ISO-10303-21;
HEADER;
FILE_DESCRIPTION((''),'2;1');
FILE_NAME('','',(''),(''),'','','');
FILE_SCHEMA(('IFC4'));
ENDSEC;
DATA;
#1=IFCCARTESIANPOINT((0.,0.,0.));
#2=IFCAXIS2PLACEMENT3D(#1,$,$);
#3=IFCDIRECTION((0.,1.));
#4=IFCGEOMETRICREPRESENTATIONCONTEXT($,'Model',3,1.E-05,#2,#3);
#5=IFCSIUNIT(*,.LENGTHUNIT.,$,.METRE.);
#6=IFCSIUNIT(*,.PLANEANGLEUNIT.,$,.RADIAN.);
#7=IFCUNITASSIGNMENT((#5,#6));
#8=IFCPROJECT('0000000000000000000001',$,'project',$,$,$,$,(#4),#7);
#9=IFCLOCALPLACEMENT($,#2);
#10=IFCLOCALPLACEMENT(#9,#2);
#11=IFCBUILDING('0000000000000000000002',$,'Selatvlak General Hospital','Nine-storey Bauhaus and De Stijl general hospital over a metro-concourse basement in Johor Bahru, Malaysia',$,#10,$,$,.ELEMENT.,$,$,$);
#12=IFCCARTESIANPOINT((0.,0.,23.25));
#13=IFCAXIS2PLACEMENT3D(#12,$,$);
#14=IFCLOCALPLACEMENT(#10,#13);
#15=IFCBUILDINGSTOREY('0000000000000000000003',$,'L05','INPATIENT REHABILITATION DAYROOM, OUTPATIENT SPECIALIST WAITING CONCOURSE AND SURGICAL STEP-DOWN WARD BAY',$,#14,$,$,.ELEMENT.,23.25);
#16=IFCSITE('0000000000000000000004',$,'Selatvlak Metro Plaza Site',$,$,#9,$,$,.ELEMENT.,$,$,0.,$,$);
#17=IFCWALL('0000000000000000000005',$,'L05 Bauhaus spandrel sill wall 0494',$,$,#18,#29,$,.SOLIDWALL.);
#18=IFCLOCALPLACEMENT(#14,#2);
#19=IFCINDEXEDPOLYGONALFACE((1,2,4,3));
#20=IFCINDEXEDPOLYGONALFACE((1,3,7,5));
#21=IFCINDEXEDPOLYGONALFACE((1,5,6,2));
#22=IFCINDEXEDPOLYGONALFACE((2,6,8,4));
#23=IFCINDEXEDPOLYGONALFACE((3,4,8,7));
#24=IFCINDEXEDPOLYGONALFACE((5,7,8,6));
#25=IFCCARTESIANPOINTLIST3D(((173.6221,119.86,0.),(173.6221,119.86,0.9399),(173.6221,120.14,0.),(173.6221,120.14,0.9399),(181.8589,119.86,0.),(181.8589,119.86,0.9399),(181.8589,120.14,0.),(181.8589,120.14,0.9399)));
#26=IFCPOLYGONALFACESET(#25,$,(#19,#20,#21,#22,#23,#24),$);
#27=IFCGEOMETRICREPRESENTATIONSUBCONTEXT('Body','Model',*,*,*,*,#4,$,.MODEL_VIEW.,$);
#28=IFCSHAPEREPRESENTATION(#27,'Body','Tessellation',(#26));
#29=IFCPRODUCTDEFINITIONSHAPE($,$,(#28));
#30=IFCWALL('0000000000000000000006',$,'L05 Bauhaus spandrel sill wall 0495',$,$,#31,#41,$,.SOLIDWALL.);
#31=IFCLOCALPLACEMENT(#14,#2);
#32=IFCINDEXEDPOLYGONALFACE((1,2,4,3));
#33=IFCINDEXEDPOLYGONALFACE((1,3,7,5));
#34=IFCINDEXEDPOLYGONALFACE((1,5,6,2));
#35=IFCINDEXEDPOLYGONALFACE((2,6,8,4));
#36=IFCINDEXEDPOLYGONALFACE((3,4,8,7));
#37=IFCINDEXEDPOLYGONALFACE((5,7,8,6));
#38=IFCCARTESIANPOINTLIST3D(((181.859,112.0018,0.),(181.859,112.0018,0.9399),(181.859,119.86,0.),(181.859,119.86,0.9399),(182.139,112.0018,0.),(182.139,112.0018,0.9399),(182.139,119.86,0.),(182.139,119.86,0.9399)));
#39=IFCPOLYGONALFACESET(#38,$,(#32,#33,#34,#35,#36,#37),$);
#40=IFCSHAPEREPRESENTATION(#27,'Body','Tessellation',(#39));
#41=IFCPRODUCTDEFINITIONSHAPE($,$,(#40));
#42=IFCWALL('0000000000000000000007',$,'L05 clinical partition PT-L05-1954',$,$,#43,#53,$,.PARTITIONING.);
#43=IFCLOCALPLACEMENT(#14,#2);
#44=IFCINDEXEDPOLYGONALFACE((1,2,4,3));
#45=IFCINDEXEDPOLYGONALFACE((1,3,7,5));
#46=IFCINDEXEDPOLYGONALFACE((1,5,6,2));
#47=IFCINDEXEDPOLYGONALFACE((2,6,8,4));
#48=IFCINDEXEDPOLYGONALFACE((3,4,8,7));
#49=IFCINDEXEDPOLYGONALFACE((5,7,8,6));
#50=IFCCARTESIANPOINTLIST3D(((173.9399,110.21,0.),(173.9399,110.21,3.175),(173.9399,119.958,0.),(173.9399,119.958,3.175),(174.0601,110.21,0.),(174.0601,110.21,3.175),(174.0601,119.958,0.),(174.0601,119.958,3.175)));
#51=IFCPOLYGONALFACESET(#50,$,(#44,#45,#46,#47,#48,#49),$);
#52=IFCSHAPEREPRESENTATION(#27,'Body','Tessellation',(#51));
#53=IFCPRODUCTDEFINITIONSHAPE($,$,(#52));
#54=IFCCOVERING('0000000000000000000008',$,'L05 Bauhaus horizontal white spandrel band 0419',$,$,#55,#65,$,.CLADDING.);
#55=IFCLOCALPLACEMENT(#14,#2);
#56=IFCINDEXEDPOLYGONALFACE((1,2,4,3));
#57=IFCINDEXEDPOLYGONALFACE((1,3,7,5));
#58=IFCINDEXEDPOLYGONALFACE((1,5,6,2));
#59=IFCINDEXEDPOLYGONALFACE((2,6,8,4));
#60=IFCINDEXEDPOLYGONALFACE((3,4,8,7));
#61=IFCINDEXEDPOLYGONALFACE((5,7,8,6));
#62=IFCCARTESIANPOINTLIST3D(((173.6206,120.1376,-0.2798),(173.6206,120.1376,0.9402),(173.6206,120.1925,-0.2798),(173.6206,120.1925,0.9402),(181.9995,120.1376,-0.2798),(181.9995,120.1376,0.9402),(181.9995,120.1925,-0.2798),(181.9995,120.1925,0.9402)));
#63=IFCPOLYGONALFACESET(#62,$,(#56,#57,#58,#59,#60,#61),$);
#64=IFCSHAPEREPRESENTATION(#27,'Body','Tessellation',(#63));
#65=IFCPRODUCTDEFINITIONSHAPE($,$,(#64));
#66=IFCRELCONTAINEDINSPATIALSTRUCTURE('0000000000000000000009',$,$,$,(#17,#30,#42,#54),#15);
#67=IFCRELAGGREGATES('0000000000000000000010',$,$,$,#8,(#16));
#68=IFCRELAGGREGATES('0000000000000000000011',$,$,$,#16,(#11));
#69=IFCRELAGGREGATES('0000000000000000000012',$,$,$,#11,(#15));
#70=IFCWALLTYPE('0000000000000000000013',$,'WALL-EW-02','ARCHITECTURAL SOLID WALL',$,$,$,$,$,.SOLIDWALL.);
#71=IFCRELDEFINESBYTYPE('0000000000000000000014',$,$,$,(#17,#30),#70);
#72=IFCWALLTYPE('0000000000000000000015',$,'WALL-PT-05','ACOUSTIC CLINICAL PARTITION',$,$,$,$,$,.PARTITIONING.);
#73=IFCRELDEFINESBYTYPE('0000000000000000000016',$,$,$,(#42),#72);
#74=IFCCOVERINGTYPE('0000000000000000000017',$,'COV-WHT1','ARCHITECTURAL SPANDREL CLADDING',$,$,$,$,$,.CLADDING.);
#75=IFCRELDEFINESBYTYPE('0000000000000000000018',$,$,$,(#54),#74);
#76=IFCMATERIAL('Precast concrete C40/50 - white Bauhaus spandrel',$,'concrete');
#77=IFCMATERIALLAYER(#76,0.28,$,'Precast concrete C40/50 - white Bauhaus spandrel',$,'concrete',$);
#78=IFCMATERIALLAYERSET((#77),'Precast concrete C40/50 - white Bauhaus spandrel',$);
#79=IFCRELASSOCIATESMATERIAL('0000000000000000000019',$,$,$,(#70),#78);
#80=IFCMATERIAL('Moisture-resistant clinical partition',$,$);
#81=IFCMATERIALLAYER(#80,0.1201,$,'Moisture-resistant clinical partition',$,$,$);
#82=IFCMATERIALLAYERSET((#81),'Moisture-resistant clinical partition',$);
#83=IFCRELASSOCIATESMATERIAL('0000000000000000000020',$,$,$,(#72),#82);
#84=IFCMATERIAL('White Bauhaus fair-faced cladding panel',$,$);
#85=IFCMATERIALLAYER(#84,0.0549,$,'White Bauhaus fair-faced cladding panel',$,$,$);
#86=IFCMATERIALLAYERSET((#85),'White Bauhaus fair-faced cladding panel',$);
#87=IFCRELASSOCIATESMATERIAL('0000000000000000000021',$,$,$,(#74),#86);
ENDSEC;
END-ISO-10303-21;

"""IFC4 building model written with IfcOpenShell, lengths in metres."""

from ifc_helpers import new_model, si_unit, direction, frame, frame_2d, origin, origin_2d, place, context, subcontext, project, spatial, rectangle, extrude, material, layer, layer_set, type_object, element, save


model = new_model("IFC4")

# Units and contexts
model_context = context("Model", 3, precision=1e-05, world=origin(), true_north=direction((0.0, 1.0)))
body_context = subcontext(model_context, "Body", "Model", "MODEL_VIEW")
ifc_project = project(units=[si_unit("LENGTHUNIT", "METRE"), si_unit("PLANEANGLEUNIT", "RADIAN")], contexts=[model_context])

# Site, building, storey
site_placement = place(None, origin())
site = spatial("IfcSite", under=ifc_project, at=site_placement, Name="Selatvlak Metro Plaza Site", CompositionType="ELEMENT", RefElevation=0.0)
building_placement = place(site_placement, origin())
building = spatial("IfcBuilding", under=site, at=building_placement, Name="Selatvlak General Hospital", Description="Nine-storey Bauhaus and De Stijl general hospital over a metro-concourse basement in Johor Bahru, Malaysia", CompositionType="ELEMENT")
storey_placement = place(building_placement, frame((0.0, 0.0, 23.25)))
storey = spatial("IfcBuildingStorey", under=building, at=storey_placement, Name="L05", Description="INPATIENT REHABILITATION DAYROOM, OUTPATIENT SPECIALIST WAITING CONCOURSE AND SURGICAL STEP-DOWN WARD BAY", CompositionType="ELEMENT", Elevation=23.25)

# Walls
ifc_material_1 = material(Name="Precast concrete C40/50 - white Bauhaus spandrel", Category="concrete")
ifc_layer_1 = layer(ifc_material_1, 0.28, Name="Precast concrete C40/50 - white Bauhaus spandrel", Category="concrete")
ifc_layer_set_1 = layer_set([ifc_layer_1], Name="Precast concrete C40/50 - white Bauhaus spandrel")
wall_type_1 = type_object("IfcWallType", Name="WALL-EW-02", Description="ARCHITECTURAL SOLID WALL", PredefinedType="SOLIDWALL", material=ifc_layer_set_1)
wall_1_placement = place(storey_placement, frame((173.6221, 120.0, 0.0), z_axis=(0.0, 0.0, 1.0), x_axis=(1.0, 0.0, 0.0)))
element("IfcWall", 1, at=wall_1_placement, inside=storey, type_object=wall_type_1, Name="L05 Bauhaus spandrel sill wall 0494", PredefinedType="SOLIDWALL", context=body_context, shape_type="SweptSolid", body=[
    extrude(rectangle(XDim=8.2368, YDim=0.28, at=frame_2d((4.1184, 0.0))), origin(), (0.0, 0.0, 1.0), 0.9399),
])
wall_2_placement = place(storey_placement, frame((181.999, 119.8601, 0.0), z_axis=(0.0, 0.0, 1.0), x_axis=(0.0, -1.0, 0.0)))
element("IfcWall", 2, at=wall_2_placement, inside=storey, type_object=wall_type_1, Name="L05 Bauhaus spandrel sill wall 0495", PredefinedType="SOLIDWALL", context=body_context, shape_type="SweptSolid", body=[
    extrude(rectangle(XDim=7.8582, YDim=0.28, at=frame_2d((3.9292, 0.0))), origin(), (0.0, 0.0, 1.0), 0.9399),
])
ifc_material_2 = material(Name="Moisture-resistant clinical partition")
ifc_layer_2 = layer(ifc_material_2, 0.1201, Name="Moisture-resistant clinical partition")
ifc_layer_set_2 = layer_set([ifc_layer_2], Name="Moisture-resistant clinical partition")
wall_type_2 = type_object("IfcWallType", Name="WALL-PT-05", Description="ACOUSTIC CLINICAL PARTITION", PredefinedType="PARTITIONING", material=ifc_layer_set_2)
wall_3_placement = place(storey_placement, frame((174.0, 119.958, 0.0), z_axis=(0.0, 0.0, 1.0), x_axis=(0.0, -1.0, 0.0)))
element("IfcWall", 3, at=wall_3_placement, inside=storey, type_object=wall_type_2, Name="L05 clinical partition PT-L05-1954", PredefinedType="PARTITIONING", context=body_context, shape_type="SweptSolid", body=[
    extrude(rectangle(XDim=9.748, YDim=0.1201, at=frame_2d((4.874, 0.0))), origin(), (0.0, 0.0, 1.0), 3.175),
])

# Covering
ifc_material_3 = material(Name="White Bauhaus fair-faced cladding panel")
ifc_layer_3 = layer(ifc_material_3, 0.0549, Name="White Bauhaus fair-faced cladding panel")
ifc_layer_set_3 = layer_set([ifc_layer_3], Name="White Bauhaus fair-faced cladding panel")
covering_type = type_object("IfcCoveringType", Name="COV-WHT1", Description="ARCHITECTURAL SPANDREL CLADDING", PredefinedType="CLADDING", material=ifc_layer_set_3)
covering_placement = place(storey_placement, frame((177.8101, 120.165, -0.2798), z_axis=(0.0, 0.0, 1.0), x_axis=(1.0, 0.0, 0.0)))
element("IfcCovering", 4, at=covering_placement, inside=storey, type_object=covering_type, Name="L05 Bauhaus horizontal white spandrel band 0419", PredefinedType="CLADDING", context=body_context, shape_type="SweptSolid", body=[
    extrude(rectangle(XDim=8.3789, YDim=0.0549, at=origin_2d()), origin(), (0.0, 0.0, 1.0), 1.22),
])

save(model, "model.ifc")
